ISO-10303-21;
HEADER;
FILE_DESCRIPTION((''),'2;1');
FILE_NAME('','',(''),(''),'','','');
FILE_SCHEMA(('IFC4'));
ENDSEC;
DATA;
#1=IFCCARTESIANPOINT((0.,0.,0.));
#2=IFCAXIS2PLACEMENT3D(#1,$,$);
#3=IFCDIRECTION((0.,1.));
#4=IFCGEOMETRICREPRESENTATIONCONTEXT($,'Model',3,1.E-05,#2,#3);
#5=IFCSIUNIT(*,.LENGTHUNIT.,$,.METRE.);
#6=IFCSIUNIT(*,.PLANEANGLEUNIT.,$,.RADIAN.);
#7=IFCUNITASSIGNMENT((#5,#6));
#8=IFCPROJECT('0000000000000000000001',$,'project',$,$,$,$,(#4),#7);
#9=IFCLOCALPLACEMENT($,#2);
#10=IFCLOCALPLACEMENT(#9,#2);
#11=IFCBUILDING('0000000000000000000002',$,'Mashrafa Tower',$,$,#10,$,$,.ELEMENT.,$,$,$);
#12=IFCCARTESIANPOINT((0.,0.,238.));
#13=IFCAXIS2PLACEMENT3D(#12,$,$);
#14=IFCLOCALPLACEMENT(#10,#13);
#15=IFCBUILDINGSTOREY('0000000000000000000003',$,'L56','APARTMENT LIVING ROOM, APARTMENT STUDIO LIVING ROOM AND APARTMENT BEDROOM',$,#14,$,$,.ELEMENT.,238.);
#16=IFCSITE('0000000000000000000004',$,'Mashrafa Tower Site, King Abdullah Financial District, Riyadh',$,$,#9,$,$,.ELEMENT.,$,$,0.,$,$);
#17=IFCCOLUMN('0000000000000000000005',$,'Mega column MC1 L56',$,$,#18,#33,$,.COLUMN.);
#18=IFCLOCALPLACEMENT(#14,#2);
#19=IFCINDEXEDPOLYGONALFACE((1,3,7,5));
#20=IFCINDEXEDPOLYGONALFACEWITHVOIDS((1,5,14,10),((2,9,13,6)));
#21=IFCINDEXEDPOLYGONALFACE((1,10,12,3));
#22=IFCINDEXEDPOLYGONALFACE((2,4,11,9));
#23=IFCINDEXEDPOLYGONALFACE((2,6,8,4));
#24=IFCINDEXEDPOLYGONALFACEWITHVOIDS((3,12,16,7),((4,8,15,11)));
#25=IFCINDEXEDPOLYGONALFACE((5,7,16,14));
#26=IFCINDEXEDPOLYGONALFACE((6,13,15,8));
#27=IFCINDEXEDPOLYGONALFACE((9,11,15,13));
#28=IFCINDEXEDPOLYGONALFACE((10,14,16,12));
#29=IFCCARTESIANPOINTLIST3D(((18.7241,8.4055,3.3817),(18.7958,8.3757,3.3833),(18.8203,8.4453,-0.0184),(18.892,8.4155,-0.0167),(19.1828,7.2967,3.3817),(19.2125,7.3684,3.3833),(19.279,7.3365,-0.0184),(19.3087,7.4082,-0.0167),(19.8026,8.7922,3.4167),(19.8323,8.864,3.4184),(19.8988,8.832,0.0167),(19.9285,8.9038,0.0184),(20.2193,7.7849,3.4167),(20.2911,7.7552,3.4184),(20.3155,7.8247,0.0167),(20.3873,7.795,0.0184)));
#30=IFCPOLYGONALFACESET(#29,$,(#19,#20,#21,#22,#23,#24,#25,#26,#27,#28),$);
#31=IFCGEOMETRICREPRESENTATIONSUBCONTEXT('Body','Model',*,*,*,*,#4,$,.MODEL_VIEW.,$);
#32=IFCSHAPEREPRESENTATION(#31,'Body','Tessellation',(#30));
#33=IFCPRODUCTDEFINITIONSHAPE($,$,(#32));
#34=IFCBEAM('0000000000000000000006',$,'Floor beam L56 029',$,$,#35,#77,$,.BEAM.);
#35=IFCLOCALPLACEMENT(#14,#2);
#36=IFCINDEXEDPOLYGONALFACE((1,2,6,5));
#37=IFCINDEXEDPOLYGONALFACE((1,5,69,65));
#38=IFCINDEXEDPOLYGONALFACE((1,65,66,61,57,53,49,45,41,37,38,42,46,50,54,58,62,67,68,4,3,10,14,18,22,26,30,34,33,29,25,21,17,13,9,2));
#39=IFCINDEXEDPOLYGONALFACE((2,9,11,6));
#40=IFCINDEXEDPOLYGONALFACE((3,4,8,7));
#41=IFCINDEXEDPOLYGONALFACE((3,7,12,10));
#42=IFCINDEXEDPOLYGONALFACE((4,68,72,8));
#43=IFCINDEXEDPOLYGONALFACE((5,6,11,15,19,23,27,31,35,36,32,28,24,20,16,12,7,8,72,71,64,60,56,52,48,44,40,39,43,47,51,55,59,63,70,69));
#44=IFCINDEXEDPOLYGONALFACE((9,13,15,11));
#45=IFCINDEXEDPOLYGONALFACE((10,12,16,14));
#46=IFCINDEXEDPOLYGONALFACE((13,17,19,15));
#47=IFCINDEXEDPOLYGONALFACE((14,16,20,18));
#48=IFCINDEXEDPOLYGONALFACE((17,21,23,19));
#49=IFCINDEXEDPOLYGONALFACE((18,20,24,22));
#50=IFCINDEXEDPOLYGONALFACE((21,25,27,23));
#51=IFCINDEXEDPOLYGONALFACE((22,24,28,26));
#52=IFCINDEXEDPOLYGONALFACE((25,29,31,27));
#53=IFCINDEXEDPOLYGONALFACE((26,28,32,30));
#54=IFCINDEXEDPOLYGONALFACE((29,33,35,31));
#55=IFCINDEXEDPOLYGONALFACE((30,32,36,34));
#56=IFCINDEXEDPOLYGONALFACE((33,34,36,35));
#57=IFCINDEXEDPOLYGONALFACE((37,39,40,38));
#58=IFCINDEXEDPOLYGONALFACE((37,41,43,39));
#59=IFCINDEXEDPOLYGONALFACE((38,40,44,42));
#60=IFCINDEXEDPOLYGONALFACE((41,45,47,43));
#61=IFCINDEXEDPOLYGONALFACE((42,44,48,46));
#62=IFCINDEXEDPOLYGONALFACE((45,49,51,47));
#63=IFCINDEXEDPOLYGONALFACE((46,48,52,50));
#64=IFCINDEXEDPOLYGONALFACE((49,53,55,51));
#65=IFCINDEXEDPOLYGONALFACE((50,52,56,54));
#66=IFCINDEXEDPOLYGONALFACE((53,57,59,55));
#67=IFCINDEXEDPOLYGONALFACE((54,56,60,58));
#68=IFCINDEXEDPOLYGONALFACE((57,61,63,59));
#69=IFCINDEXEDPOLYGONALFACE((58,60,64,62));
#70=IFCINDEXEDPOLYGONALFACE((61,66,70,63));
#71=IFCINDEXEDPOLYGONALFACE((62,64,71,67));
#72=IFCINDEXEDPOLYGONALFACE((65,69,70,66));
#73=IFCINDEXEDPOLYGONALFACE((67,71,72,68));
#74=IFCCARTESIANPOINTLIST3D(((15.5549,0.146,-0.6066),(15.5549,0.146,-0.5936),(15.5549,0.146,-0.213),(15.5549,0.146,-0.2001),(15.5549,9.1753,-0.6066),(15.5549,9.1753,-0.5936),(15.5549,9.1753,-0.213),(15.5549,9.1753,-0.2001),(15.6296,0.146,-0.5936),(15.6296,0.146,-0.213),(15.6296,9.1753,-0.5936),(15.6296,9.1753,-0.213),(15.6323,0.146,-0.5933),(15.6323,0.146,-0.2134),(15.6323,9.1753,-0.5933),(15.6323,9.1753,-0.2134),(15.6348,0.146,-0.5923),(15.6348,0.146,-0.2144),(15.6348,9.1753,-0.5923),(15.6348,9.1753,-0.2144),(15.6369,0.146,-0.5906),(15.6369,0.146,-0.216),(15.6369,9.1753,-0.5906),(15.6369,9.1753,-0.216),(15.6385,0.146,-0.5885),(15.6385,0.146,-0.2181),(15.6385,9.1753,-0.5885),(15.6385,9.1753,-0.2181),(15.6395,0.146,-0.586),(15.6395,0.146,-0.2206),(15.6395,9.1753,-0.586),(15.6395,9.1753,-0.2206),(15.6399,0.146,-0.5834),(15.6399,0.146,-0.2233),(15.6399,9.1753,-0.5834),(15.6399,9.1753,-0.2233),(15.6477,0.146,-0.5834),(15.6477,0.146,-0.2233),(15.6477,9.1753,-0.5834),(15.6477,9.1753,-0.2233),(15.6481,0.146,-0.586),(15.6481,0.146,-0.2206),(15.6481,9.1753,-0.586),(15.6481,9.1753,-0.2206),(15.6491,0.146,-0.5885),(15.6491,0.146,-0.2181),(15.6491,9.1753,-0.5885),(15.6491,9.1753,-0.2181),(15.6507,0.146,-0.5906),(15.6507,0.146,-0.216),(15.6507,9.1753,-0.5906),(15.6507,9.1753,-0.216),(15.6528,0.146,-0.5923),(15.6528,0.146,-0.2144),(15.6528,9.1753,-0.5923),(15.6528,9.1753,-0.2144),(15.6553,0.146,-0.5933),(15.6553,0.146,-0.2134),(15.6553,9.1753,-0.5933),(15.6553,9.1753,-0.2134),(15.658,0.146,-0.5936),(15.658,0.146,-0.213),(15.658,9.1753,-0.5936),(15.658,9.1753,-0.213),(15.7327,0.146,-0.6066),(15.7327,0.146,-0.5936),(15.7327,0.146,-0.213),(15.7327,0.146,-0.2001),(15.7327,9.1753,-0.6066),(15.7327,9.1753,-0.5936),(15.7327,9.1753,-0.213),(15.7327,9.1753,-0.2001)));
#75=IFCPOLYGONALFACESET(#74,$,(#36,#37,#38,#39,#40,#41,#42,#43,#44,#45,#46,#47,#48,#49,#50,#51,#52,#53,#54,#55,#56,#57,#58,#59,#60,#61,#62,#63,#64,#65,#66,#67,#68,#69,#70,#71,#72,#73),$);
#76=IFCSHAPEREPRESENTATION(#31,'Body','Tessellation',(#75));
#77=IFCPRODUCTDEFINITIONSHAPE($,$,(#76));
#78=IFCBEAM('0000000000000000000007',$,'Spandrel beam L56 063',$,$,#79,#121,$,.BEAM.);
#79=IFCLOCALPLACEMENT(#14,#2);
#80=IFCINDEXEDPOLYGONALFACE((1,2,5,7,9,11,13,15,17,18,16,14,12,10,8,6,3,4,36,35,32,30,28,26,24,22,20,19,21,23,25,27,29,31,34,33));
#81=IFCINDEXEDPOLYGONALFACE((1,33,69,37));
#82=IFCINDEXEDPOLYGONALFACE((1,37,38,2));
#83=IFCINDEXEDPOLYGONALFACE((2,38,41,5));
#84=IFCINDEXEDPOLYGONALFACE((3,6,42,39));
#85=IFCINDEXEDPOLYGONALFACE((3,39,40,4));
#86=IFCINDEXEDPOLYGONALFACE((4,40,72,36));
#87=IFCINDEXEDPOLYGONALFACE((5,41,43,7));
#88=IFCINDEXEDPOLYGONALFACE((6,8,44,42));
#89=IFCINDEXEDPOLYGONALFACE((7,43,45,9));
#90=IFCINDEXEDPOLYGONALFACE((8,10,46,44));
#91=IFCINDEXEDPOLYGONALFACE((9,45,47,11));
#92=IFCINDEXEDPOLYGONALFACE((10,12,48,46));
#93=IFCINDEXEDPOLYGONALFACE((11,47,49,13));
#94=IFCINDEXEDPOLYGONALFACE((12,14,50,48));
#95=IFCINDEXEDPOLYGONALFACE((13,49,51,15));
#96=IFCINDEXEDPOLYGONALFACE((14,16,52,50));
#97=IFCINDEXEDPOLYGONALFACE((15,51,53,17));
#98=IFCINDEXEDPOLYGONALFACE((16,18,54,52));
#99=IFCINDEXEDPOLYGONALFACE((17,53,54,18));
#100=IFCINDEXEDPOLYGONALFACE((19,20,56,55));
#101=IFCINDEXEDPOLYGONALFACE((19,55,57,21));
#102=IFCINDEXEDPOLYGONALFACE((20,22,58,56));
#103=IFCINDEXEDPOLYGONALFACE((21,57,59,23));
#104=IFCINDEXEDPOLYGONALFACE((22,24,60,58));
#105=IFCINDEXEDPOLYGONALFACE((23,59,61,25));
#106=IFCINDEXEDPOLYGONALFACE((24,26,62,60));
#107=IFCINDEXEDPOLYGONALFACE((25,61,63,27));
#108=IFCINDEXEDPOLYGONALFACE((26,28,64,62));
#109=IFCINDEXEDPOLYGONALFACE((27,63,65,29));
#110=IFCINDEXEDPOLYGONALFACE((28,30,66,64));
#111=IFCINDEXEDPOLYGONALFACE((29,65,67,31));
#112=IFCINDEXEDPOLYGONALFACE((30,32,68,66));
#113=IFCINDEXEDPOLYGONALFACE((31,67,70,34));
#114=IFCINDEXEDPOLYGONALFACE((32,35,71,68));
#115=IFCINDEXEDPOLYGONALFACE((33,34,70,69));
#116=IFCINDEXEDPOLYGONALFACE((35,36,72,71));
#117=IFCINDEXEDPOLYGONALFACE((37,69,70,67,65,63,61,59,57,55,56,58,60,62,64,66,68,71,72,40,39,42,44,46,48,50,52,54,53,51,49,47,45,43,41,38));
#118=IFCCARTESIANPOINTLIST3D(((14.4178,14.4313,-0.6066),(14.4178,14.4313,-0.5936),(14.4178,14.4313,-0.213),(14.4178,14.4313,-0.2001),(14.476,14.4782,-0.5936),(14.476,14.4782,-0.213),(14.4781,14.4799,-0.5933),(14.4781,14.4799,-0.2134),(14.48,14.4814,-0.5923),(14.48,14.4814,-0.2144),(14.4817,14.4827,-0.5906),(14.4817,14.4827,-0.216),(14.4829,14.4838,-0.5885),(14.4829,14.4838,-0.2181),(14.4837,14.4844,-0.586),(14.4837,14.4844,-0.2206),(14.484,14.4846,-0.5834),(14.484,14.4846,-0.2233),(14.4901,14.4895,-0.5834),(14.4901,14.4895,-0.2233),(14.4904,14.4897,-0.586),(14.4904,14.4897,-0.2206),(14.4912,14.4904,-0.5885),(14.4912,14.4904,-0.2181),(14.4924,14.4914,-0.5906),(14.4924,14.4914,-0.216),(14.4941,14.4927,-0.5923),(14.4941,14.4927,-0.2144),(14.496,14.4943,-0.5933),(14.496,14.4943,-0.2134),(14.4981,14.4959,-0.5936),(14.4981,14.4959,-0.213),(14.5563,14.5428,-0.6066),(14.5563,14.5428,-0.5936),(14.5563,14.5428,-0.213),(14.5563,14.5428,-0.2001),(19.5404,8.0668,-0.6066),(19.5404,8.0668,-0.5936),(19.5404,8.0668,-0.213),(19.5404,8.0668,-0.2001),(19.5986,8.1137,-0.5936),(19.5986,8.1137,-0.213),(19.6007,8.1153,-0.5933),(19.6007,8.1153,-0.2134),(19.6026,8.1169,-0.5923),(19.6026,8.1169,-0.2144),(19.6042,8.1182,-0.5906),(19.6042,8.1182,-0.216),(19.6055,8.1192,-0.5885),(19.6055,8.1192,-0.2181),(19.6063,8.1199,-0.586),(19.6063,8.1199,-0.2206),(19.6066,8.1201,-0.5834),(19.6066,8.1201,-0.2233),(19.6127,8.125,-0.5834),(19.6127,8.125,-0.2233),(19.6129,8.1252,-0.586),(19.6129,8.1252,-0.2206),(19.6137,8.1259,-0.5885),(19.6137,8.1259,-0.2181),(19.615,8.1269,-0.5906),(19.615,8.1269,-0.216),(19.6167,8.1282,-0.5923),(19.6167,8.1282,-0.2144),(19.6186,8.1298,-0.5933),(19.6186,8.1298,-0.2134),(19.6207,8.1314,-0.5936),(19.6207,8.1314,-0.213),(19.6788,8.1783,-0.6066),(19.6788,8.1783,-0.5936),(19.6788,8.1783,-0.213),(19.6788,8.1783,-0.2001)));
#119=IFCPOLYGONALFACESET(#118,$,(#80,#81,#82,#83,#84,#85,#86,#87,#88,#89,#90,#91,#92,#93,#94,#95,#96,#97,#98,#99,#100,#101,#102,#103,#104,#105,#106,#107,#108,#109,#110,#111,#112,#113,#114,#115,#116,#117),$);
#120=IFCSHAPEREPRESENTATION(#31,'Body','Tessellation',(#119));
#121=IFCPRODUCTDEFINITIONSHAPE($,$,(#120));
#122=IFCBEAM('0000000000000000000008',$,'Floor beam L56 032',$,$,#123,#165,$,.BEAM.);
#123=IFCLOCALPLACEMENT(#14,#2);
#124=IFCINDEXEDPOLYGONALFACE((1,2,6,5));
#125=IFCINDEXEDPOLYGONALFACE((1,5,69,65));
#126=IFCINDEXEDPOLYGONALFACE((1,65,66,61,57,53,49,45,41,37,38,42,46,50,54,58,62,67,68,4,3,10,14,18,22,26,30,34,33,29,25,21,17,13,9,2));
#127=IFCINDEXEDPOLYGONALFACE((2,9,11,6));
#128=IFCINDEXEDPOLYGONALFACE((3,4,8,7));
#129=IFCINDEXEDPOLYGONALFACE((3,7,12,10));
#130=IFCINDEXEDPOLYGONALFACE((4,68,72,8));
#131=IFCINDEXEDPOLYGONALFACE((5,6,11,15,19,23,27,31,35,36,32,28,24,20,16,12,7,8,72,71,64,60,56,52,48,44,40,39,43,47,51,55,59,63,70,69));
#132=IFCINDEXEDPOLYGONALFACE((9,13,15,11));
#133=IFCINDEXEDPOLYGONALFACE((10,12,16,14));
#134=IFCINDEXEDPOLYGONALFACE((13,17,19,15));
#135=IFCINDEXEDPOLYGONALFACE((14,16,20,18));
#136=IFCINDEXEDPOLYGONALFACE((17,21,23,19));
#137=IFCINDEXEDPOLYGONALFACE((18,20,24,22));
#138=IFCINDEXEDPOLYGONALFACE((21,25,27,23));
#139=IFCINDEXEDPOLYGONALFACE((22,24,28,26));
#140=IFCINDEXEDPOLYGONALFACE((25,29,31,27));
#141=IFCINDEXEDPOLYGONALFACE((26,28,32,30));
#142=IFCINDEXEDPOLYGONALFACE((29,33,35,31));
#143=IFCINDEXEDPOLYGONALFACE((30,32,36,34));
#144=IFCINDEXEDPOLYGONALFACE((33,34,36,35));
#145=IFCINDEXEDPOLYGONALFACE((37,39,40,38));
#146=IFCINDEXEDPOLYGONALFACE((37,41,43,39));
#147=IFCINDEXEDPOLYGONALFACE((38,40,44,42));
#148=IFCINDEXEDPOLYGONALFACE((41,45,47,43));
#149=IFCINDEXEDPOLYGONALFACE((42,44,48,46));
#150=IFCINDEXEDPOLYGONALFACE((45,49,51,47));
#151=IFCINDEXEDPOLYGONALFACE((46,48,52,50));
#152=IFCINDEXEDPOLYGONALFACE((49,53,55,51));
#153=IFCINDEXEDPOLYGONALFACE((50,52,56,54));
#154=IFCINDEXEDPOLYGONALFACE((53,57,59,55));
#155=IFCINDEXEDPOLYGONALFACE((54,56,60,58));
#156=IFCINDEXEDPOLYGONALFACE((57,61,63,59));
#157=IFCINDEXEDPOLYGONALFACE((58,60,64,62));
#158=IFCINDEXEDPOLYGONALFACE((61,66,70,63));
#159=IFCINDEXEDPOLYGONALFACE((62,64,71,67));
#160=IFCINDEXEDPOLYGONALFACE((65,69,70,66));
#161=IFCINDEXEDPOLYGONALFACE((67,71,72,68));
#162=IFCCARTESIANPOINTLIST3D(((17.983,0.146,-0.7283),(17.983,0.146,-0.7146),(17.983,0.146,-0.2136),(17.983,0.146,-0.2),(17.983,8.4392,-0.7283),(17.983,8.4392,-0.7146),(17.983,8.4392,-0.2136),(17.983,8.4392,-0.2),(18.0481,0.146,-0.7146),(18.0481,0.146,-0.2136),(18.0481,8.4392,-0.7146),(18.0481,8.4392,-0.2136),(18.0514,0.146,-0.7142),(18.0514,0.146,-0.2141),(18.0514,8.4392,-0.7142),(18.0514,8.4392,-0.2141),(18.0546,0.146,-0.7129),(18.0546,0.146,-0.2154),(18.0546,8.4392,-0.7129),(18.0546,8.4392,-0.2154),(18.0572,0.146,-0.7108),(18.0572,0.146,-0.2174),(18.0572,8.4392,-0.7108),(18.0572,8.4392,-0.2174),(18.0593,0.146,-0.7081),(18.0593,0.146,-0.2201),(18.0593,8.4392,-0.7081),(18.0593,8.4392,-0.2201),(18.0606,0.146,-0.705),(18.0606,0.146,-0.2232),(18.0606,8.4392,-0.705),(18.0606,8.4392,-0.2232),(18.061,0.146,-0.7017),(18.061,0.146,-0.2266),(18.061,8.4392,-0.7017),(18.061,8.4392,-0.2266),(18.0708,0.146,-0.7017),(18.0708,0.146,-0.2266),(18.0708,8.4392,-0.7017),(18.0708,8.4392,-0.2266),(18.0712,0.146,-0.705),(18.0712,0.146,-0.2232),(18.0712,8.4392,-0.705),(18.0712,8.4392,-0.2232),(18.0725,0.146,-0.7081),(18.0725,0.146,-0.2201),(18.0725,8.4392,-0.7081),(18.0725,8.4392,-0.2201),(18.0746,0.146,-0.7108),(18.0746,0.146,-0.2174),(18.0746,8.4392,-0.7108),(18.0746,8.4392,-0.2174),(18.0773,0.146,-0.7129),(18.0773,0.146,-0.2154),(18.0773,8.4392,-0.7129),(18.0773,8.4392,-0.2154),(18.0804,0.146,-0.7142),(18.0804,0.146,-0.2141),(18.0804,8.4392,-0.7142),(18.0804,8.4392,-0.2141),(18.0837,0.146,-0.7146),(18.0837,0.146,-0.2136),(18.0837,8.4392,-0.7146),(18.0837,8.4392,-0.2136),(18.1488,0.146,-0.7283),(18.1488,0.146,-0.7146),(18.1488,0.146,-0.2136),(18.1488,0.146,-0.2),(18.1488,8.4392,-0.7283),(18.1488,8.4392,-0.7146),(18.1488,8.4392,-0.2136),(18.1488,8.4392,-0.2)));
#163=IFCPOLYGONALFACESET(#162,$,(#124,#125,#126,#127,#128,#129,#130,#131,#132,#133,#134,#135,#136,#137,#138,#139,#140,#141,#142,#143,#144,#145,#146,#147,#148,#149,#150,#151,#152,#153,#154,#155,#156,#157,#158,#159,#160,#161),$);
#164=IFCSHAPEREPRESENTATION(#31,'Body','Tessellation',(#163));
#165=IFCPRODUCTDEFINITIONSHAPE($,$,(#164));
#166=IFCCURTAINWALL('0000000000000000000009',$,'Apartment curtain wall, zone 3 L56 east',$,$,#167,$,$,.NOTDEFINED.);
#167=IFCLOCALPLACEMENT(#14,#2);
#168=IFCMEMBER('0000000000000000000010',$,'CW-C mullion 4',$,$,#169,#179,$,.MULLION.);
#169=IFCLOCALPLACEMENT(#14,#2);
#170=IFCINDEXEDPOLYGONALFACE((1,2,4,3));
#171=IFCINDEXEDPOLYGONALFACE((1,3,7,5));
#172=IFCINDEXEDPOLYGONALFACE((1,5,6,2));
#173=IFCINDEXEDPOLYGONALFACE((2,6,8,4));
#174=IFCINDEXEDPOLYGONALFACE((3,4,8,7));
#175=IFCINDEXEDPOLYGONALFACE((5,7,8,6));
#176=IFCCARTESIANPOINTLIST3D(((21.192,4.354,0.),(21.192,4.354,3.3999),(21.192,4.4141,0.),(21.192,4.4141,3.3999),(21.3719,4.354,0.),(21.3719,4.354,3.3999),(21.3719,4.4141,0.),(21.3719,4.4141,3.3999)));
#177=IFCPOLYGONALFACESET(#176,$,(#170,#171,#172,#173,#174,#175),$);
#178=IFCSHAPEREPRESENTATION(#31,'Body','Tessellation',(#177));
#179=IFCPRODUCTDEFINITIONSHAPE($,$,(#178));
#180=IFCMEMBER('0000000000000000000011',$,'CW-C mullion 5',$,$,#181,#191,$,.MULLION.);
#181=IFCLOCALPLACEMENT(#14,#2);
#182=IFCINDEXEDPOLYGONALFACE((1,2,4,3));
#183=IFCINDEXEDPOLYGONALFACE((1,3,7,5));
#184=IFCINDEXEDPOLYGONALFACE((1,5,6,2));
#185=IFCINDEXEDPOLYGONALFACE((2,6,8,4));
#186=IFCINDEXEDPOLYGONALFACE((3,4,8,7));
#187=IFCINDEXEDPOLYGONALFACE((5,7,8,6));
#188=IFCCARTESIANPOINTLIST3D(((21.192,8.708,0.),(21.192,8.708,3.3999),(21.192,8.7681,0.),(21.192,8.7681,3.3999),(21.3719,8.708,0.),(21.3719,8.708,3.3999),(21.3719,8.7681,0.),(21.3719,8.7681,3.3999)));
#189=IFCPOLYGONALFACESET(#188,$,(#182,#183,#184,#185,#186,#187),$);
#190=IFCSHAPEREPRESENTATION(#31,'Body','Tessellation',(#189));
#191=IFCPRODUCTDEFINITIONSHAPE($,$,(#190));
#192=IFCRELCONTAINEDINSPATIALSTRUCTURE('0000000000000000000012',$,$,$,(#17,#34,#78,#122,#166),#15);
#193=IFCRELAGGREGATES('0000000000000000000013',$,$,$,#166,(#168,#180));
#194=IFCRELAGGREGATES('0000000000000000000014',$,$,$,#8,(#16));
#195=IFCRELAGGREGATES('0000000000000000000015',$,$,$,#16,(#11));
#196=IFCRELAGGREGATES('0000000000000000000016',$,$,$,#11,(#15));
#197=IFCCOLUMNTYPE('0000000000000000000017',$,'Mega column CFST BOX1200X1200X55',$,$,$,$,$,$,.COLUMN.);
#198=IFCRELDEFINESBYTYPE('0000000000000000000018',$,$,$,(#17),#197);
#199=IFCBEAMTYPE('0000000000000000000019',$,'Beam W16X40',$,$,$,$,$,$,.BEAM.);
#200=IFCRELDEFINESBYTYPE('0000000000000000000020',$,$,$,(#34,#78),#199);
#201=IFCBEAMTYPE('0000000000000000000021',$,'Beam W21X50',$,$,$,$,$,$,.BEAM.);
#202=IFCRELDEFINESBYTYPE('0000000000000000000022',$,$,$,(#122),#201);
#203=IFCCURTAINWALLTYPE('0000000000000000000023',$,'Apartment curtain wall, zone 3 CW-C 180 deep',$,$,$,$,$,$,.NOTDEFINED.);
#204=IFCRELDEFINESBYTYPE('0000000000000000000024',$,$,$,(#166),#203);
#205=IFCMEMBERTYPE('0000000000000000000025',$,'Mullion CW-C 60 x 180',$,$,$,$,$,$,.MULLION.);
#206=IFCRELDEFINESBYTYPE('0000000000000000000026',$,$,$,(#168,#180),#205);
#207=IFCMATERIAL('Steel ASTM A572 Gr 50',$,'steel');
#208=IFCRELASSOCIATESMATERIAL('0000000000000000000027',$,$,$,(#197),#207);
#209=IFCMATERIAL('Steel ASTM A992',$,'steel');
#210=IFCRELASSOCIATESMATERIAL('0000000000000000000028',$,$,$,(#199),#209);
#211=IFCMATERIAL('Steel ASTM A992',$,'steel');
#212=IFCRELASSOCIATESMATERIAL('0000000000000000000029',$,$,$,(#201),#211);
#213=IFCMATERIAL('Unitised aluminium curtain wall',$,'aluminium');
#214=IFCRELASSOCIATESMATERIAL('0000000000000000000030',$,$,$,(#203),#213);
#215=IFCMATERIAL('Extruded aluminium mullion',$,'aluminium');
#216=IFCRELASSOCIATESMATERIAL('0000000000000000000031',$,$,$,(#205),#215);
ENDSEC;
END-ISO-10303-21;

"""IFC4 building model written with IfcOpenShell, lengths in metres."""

from ifc_helpers import new_model, si_unit, direction, frame, origin, origin_2d, place, context, subcontext, project, spatial, rectangle, hollow_rectangle, i_section, extrude, source, transform, mapped, material, material_profile, profile_set, type_object, type_shapes, element, aggregate, save


model = new_model("IFC4")

# Units and contexts
model_context = context("Model", 3, precision=1e-05, world=origin(), true_north=direction((0.0, 1.0)))
body_context = subcontext(model_context, "Body", "Model", "MODEL_VIEW")
ifc_project = project(units=[si_unit("LENGTHUNIT", "METRE"), si_unit("PLANEANGLEUNIT", "RADIAN")], contexts=[model_context])

# Site, building, storey
site_placement = place(None, origin())
site = spatial("IfcSite", under=ifc_project, at=site_placement, Name="Mashrafa Tower Site, King Abdullah Financial District, Riyadh", CompositionType="ELEMENT", RefElevation=0.0)
building_placement = place(site_placement, origin())
building = spatial("IfcBuilding", under=site, at=building_placement, Name="Mashrafa Tower", CompositionType="ELEMENT")
storey_placement = place(building_placement, frame((0.0, 0.0, 238.0)))
storey = spatial("IfcBuildingStorey", under=building, at=storey_placement, Name="L56", Description="APARTMENT LIVING ROOM, APARTMENT STUDIO LIVING ROOM AND APARTMENT BEDROOM", CompositionType="ELEMENT", Elevation=238.0)

# Column
ifc_material_1 = material(Name="Steel ASTM A572 Gr 50", Category="steel")
ifc_material_profile_1 = material_profile(ifc_material_1, hollow_rectangle(XDim=1.2, YDim=1.2, WallThickness=0.0549, at=origin_2d()), Name="BOX1200X1200X55")
ifc_profile_set_1 = profile_set([ifc_material_profile_1], Name="Steel ASTM A572 Gr 50")
column_type = type_object("IfcColumnType", Name="Mega column CFST BOX1200X1200X55", PredefinedType="COLUMN", material=ifc_profile_set_1)
column_placement = place(storey_placement, frame((19.6038, 8.1201, 0.0), z_axis=(-0.028279, -0.011699, 0.999532), x_axis=(0.382283, -0.924045, 0.0)))
element("IfcColumn", 1, at=column_placement, inside=storey, type_object=column_type, Name="Mega column MC1 L56", PredefinedType="COLUMN", context=body_context, shape_type="SweptSolid", body=[
    extrude(hollow_rectangle(XDim=1.2, YDim=1.2, WallThickness=0.0549, at=origin_2d()), origin(), (0.0, 0.0, 1.0), 3.4016),
])

# Beams
ifc_material_2 = material(Name="Steel ASTM A992", Category="steel")
ifc_material_profile_2 = material_profile(ifc_material_2, i_section(OverallWidth=0.1777, OverallDepth=0.4065, WebThickness=0.0078, FlangeThickness=0.0129, FilletRadius=0.0103, at=origin_2d()), Name="W16X40")
ifc_profile_set_2 = profile_set([ifc_material_profile_2], Name="Steel ASTM A992")
beam_type_1 = type_object("IfcBeamType", Name="Beam W16X40", PredefinedType="BEAM", material=ifc_profile_set_2)
beam_1_placement = place(storey_placement, frame((15.6438, 9.1753, -0.4033), z_axis=(0.0, -1.0, 0.0), x_axis=(1.0, 0.0, 0.0)))
element("IfcBeam", 2, at=beam_1_placement, inside=storey, type_object=beam_type_1, Name="Floor beam L56 029", PredefinedType="BEAM", context=body_context, shape_type="SweptSolid", body=[
    extrude(i_section(OverallWidth=0.1777, OverallDepth=0.4065, WebThickness=0.0078, FlangeThickness=0.0129, FilletRadius=0.0103, at=origin_2d()), origin(), (0.0, 0.0, 1.0), 9.0293),
])
beam_2_placement = place(storey_placement, frame((19.6096, 8.1226, -0.4033), z_axis=(-0.627003, 0.779017, 0.0), x_axis=(-0.779017, -0.627003, 0.0)))
element("IfcBeam", 3, at=beam_2_placement, inside=storey, type_object=beam_type_1, Name="Spandrel beam L56 063", PredefinedType="BEAM", context=body_context, shape_type="SweptSolid", body=[
    extrude(i_section(OverallWidth=0.1777, OverallDepth=0.4065, WebThickness=0.0078, FlangeThickness=0.0129, FilletRadius=0.0103, at=origin_2d()), origin(), (0.0, 0.0, 1.0), 8.1699),
])
ifc_material_3 = material(Name="Steel ASTM A992", Category="steel")
ifc_material_profile_3 = material_profile(ifc_material_3, i_section(OverallWidth=0.1658, OverallDepth=0.5283, WebThickness=0.0098, FlangeThickness=0.0137, FilletRadius=0.0129, at=origin_2d()), Name="W21X50")
ifc_profile_set_3 = profile_set([ifc_material_profile_3], Name="Steel ASTM A992")
beam_type_2 = type_object("IfcBeamType", Name="Beam W21X50", PredefinedType="BEAM", material=ifc_profile_set_3)
beam_3_placement = place(storey_placement, frame((18.0659, 8.4392, -0.4641), z_axis=(0.0, -1.0, 0.0), x_axis=(1.0, 0.0, 0.0)))
element("IfcBeam", 4, at=beam_3_placement, inside=storey, type_object=beam_type_2, Name="Floor beam L56 032", PredefinedType="BEAM", context=body_context, shape_type="SweptSolid", body=[
    extrude(i_section(OverallWidth=0.1658, OverallDepth=0.5283, WebThickness=0.0098, FlangeThickness=0.0137, FilletRadius=0.0129, at=origin_2d()), origin(), (0.0, 0.0, 1.0), 8.2932),
])

# Curtain wall, members
ifc_material_4 = material(Name="Unitised aluminium curtain wall", Category="aluminium")
curtain_wall_type = type_object("IfcCurtainWallType", Name="Apartment curtain wall, zone 3 CW-C 180 deep", PredefinedType="NOTDEFINED", material=ifc_material_4)
curtain_wall_1_placement = place(storey_placement, origin())
curtain_wall_1 = element("IfcCurtainWall", 5, at=curtain_wall_1_placement, inside=storey, type_object=curtain_wall_type, Name="Apartment curtain wall, zone 3 L56 east", PredefinedType="NOTDEFINED")
ifc_material_5 = material(Name="Extruded aluminium mullion", Category="aluminium")
ifc_material_profile_4 = material_profile(ifc_material_5, rectangle(XDim=0.1799, YDim=0.0601, at=origin_2d()), Name="Mullion 60x180")
ifc_profile_set_4 = profile_set([ifc_material_profile_4], Name="Extruded aluminium mullion")
member_type_1 = type_object("IfcMemberType", Name="Mullion CW-C 60 x 180", PredefinedType="MULLION", material=ifc_profile_set_4)
shared_shape_1 = source(origin(), body_context, "Body", "SweptSolid", [
    extrude(rectangle(XDim=0.1799, YDim=0.0601, at=origin_2d()), origin(), (0.0, 0.0, 1.0), 3.3999),
])
type_shapes(member_type_1, [shared_shape_1])
member_1_placement = place(storey_placement, frame((21.282, 4.384, 0.0), z_axis=(0.0, 0.0, 1.0), x_axis=(-1.0, 0.0, 0.0)))
member_1 = element("IfcMember", 6, at=member_1_placement, type_object=member_type_1, Name="CW-C mullion 4", PredefinedType="MULLION", context=body_context, shape_type="MappedRepresentation", body=[
    mapped(shared_shape_1, transform((0.0, 0.0, 0.0))),
])
member_2_placement = place(storey_placement, frame((21.282, 8.738, 0.0), z_axis=(0.0, 0.0, 1.0), x_axis=(-1.0, 0.0, 0.0)))
member_2 = element("IfcMember", 7, at=member_2_placement, type_object=member_type_1, Name="CW-C mullion 5", PredefinedType="MULLION", context=body_context, shape_type="MappedRepresentation", body=[
    mapped(shared_shape_1, transform((0.0, 0.0, 0.0))),
])

aggregate(curtain_wall_1, [member_1, member_2])

save(model, "model.ifc")
